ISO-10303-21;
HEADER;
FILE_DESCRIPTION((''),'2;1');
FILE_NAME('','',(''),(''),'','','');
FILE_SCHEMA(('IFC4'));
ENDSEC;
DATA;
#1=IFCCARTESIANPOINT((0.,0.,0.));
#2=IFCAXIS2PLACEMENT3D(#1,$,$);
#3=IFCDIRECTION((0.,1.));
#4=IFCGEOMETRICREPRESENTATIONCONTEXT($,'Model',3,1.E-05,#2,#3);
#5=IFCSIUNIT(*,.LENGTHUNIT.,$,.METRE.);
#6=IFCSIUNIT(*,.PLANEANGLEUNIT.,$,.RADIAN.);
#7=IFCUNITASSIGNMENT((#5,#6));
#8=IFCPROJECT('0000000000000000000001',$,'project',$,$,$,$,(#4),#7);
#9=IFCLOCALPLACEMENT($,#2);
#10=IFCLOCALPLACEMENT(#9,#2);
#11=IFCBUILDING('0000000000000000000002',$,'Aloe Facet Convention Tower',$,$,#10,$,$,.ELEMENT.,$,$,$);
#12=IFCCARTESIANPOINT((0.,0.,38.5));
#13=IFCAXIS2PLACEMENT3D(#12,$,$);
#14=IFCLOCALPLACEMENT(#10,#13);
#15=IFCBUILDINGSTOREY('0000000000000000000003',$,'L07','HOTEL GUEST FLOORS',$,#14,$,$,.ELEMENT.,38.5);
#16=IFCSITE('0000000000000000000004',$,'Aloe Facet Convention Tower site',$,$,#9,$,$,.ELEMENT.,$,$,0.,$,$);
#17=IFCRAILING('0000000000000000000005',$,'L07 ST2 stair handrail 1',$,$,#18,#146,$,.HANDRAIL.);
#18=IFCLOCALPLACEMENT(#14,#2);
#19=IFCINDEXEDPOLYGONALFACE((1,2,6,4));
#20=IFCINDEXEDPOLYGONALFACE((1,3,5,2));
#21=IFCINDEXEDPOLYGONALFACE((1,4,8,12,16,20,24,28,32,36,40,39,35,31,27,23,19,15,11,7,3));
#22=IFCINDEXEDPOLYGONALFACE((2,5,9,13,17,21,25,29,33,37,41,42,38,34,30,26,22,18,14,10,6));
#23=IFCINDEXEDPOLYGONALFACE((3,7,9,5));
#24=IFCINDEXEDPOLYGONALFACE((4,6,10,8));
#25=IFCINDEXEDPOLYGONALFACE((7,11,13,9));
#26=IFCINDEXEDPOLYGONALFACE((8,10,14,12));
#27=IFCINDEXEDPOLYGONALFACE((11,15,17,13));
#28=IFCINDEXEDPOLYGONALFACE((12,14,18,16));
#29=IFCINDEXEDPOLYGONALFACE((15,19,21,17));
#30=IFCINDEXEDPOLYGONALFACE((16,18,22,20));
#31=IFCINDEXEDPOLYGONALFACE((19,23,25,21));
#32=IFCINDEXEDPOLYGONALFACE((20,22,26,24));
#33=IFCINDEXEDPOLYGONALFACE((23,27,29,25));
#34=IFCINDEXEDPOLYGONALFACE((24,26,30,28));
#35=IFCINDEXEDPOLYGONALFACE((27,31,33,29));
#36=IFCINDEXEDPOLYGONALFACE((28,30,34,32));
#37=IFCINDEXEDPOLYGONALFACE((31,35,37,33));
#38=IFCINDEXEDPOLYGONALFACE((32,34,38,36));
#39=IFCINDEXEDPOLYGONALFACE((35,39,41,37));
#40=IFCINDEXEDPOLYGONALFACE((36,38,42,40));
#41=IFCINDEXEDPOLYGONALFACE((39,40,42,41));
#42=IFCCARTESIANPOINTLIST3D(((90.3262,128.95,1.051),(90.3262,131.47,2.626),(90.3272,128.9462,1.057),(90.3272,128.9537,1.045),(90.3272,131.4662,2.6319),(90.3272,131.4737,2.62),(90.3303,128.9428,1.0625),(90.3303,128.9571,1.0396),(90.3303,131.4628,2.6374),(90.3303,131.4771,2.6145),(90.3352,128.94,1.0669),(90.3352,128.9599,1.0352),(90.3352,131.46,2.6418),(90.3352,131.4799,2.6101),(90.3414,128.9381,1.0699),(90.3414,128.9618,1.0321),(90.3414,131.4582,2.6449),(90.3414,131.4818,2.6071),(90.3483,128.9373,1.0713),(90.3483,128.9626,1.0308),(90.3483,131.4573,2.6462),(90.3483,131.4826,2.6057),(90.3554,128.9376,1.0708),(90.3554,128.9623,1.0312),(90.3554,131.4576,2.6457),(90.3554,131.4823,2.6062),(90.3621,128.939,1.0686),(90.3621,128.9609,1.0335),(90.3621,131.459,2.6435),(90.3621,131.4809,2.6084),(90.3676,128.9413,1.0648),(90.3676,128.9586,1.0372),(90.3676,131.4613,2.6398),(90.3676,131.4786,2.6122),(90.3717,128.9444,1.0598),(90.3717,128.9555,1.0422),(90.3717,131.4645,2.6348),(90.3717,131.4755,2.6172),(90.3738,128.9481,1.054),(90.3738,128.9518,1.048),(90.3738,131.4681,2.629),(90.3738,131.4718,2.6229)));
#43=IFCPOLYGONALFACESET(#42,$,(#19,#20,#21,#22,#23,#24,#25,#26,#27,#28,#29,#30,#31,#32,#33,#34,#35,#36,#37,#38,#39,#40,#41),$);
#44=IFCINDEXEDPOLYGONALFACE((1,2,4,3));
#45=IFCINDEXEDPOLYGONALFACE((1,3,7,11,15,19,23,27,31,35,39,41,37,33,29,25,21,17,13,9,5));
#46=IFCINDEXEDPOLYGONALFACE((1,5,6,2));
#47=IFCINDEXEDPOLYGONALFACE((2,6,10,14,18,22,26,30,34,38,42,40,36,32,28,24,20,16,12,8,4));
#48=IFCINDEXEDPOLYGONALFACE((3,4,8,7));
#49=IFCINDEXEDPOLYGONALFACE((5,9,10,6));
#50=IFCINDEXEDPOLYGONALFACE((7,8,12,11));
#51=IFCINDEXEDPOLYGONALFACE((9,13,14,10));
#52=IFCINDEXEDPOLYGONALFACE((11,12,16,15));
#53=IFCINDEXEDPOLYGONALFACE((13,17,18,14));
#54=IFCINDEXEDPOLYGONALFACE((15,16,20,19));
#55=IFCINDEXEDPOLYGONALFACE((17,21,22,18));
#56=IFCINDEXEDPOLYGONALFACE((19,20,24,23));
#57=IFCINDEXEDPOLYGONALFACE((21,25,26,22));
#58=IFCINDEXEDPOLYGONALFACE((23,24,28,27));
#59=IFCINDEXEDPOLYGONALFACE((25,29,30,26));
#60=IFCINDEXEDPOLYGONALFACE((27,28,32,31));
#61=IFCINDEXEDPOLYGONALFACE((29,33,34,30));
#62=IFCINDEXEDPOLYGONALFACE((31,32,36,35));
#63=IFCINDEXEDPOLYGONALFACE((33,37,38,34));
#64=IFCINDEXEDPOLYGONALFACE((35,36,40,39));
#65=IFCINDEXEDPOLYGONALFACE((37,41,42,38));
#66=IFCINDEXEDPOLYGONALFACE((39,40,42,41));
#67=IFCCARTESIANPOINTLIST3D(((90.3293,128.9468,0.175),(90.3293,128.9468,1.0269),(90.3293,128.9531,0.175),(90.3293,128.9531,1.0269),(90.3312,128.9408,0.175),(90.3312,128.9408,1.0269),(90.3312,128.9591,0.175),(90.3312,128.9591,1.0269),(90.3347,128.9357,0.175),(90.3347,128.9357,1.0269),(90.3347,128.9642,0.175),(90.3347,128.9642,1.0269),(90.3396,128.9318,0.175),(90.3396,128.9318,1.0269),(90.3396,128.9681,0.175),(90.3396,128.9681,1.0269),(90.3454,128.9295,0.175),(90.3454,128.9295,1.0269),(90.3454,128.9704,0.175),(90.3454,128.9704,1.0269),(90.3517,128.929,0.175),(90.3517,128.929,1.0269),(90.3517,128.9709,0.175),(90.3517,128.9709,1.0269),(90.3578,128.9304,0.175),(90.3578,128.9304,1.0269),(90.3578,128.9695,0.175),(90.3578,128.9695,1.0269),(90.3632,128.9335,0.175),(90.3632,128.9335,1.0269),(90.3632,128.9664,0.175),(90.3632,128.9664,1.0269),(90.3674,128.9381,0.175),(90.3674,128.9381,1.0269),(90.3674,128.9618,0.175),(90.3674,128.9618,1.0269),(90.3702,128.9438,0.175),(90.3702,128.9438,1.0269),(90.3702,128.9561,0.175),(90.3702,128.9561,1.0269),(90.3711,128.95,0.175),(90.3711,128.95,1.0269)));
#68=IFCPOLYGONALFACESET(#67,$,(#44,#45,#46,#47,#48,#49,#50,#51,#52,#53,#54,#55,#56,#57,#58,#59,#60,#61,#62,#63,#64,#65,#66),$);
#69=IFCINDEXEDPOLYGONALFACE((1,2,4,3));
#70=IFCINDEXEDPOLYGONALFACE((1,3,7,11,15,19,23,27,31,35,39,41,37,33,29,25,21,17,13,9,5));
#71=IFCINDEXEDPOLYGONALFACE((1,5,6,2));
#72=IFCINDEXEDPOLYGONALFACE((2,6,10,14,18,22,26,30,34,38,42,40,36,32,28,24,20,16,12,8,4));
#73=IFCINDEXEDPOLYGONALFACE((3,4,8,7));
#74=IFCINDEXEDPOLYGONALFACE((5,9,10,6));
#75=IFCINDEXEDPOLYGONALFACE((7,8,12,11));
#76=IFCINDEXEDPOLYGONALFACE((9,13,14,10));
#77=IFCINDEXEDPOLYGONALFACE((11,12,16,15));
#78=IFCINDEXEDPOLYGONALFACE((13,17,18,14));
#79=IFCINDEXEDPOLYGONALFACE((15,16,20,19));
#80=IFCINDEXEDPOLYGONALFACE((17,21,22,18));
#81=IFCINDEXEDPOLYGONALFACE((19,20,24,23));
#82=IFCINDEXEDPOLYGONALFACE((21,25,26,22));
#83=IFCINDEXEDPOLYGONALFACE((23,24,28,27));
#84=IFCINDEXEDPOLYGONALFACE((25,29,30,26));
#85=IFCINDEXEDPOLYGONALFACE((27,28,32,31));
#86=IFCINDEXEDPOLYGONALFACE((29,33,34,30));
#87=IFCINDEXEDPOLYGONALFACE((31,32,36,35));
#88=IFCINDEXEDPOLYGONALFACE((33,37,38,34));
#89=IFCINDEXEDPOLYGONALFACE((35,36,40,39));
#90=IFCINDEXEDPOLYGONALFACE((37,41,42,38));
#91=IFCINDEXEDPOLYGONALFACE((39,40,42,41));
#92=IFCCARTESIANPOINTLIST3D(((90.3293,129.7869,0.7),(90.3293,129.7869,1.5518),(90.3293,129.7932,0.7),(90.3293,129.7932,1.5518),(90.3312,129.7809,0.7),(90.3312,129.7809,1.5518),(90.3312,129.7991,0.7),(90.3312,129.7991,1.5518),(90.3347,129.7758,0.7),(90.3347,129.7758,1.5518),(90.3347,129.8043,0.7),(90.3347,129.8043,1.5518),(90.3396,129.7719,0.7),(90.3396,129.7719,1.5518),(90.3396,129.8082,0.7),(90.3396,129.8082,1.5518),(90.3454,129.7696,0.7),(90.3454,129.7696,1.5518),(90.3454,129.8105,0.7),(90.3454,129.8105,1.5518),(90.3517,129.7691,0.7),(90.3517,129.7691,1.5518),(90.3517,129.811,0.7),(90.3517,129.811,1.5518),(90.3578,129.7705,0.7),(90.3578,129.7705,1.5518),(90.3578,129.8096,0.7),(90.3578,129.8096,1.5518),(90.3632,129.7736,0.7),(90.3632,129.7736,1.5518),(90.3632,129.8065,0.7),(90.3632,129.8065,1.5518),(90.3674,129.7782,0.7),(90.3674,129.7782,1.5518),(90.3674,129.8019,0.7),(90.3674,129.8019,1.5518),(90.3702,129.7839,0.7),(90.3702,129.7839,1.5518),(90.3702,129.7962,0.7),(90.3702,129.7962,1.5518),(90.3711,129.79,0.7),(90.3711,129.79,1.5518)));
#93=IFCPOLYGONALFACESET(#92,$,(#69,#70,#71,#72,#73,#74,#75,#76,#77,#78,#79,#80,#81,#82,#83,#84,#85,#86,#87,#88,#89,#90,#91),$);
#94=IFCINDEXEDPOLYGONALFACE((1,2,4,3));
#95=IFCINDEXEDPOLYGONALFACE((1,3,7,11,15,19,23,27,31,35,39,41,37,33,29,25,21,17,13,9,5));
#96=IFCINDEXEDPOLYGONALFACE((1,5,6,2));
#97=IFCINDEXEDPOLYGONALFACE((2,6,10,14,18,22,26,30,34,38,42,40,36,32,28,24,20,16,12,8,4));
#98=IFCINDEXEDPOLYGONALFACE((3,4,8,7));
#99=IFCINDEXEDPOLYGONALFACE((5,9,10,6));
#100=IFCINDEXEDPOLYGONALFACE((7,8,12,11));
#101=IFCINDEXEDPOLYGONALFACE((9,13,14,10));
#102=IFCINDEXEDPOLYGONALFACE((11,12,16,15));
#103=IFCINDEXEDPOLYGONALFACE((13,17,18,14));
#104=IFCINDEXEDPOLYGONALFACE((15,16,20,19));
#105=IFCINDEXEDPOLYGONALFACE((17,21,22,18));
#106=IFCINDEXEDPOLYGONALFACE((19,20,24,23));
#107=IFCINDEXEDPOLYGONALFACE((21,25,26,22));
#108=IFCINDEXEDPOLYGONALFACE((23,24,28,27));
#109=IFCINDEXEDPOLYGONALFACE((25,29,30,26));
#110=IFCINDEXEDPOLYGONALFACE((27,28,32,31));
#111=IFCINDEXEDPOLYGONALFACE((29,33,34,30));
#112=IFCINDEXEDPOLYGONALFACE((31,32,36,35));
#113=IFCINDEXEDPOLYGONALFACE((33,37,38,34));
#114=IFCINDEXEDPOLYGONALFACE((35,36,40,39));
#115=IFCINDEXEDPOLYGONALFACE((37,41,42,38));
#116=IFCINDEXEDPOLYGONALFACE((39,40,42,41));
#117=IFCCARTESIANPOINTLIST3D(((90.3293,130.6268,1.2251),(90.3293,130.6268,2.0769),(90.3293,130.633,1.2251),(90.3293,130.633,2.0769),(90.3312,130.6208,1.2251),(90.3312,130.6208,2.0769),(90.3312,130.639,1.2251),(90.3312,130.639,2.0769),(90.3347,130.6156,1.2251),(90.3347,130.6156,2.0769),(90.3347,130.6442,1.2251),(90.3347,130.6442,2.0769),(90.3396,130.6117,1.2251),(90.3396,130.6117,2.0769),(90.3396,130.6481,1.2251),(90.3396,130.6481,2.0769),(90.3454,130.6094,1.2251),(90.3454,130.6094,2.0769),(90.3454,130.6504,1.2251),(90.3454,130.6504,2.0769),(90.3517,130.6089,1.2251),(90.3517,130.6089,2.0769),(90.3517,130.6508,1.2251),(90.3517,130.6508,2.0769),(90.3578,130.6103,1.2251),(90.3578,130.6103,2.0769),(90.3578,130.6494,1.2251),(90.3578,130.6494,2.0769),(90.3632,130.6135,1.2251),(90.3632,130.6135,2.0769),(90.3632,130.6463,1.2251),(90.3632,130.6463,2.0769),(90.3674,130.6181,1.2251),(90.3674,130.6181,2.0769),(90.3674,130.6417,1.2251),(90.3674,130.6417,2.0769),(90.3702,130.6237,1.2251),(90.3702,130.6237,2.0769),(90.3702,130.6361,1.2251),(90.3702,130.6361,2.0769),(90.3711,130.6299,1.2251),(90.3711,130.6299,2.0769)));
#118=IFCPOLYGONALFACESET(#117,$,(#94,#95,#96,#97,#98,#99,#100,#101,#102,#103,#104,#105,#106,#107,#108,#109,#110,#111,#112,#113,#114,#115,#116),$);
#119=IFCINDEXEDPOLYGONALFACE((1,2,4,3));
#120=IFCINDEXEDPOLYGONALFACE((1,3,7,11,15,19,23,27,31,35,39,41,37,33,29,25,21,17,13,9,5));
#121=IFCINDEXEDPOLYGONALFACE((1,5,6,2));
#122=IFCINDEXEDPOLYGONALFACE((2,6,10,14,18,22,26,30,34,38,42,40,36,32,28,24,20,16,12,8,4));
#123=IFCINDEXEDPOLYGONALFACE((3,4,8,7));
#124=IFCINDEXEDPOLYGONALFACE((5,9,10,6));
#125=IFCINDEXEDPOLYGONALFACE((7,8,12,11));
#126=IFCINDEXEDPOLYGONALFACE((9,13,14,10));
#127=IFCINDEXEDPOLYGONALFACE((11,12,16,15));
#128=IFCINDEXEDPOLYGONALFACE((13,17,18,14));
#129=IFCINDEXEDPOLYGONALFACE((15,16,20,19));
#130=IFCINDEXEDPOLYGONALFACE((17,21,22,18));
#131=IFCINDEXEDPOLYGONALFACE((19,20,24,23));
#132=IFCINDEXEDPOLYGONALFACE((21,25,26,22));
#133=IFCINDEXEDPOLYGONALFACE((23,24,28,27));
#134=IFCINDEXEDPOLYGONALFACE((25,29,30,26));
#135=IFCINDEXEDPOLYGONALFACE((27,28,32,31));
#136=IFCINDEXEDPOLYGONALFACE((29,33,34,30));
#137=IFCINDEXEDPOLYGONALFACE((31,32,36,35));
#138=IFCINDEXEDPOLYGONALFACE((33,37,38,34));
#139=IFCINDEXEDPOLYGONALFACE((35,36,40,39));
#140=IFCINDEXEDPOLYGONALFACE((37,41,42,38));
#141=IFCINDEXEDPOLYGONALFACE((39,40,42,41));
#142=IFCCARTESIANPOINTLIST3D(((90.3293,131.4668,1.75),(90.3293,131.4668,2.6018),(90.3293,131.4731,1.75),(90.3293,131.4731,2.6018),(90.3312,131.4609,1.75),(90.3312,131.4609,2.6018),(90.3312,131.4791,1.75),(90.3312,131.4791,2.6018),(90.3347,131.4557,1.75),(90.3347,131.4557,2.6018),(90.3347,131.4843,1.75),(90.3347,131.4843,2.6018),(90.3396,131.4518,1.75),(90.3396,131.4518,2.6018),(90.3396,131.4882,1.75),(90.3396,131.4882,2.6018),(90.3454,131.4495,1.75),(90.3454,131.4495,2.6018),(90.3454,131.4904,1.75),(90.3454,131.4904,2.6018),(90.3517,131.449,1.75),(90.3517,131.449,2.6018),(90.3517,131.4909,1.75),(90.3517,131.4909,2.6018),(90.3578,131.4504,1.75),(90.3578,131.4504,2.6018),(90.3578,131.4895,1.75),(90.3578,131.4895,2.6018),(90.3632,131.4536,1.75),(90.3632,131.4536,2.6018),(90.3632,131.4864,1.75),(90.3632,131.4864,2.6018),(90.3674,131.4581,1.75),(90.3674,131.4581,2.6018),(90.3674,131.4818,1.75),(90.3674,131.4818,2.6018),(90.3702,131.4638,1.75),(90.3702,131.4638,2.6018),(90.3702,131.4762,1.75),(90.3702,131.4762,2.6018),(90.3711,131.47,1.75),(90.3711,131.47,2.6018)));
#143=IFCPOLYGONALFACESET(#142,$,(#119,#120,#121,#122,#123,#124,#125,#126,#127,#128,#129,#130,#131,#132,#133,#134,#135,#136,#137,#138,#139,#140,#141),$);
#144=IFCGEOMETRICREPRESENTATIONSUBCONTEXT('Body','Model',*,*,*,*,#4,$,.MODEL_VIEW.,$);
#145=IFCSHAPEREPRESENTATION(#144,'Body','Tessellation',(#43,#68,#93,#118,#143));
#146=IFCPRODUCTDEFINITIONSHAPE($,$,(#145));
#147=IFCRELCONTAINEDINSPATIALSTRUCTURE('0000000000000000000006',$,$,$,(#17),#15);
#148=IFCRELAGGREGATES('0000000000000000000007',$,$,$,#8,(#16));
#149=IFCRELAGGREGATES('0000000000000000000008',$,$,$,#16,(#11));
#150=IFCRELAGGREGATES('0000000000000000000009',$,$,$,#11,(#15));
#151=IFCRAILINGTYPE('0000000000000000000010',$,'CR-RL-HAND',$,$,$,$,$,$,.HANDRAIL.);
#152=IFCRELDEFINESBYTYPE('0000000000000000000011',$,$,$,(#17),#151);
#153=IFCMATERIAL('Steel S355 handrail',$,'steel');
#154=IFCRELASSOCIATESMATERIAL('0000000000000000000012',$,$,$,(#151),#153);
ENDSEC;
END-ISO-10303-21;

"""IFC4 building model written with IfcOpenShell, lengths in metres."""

from ifc_helpers import new_model, si_unit, direction, frame, origin, origin_2d, place, context, subcontext, project, spatial, circle, extrude, material, type_object, element, save


model = new_model("IFC4")

# Units and contexts
model_context = context("Model", 3, precision=1e-05, world=origin(), true_north=direction((0.0, 1.0)))
body_context = subcontext(model_context, "Body", "Model", "MODEL_VIEW")
ifc_project = project(units=[si_unit("LENGTHUNIT", "METRE"), si_unit("PLANEANGLEUNIT", "RADIAN")], contexts=[model_context])

# Site, building, storey
site_placement = place(None, origin())
site = spatial("IfcSite", under=ifc_project, at=site_placement, Name="Aloe Facet Convention Tower site", CompositionType="ELEMENT", RefElevation=0.0)
building_placement = place(site_placement, origin())
building = spatial("IfcBuilding", under=site, at=building_placement, Name="Aloe Facet Convention Tower", CompositionType="ELEMENT")
storey_placement = place(building_placement, frame((0.0, 0.0, 38.5)))
storey = spatial("IfcBuildingStorey", under=building, at=storey_placement, Name="L07", Description="HOTEL GUEST FLOORS", CompositionType="ELEMENT", Elevation=38.5)

# Railing
ifc_material_1 = material(Name="Steel S355 handrail", Category="steel")
railing_type = type_object("IfcRailingType", Name="CR-RL-HAND", PredefinedType="HANDRAIL", material=ifc_material_1)
railing_placement = place(storey_placement, frame((90.3501, 128.95, 0.175)))
element("IfcRailing", 1, at=railing_placement, inside=storey, type_object=railing_type, Name="L07 ST2 stair handrail 1", PredefinedType="HANDRAIL", context=body_context, shape_type="SweptSolid", body=[
    extrude(circle(Radius=0.0239, at=origin_2d()), frame((0.0, 0.0, 0.876), z_axis=(0.0, 0.848008, 0.529984), x_axis=(-1.0, 0.0, 0.0)), (0.0, 0.0, 1.0), 2.9717),
    extrude(circle(Radius=0.021, at=origin_2d()), origin(), (0.0, 0.0, 1.0), 0.8518),
    extrude(circle(Radius=0.021, at=origin_2d()), frame((0.0, 0.8401, 0.5249)), (0.0, 0.0, 1.0), 0.8518),
    extrude(circle(Radius=0.021, at=origin_2d()), frame((0.0, 1.6799, 1.05)), (0.0, 0.0, 1.0), 0.8518),
    extrude(circle(Radius=0.021, at=origin_2d()), frame((0.0, 2.52, 1.575)), (0.0, 0.0, 1.0), 0.8518),
])

save(model, "model.ifc")
